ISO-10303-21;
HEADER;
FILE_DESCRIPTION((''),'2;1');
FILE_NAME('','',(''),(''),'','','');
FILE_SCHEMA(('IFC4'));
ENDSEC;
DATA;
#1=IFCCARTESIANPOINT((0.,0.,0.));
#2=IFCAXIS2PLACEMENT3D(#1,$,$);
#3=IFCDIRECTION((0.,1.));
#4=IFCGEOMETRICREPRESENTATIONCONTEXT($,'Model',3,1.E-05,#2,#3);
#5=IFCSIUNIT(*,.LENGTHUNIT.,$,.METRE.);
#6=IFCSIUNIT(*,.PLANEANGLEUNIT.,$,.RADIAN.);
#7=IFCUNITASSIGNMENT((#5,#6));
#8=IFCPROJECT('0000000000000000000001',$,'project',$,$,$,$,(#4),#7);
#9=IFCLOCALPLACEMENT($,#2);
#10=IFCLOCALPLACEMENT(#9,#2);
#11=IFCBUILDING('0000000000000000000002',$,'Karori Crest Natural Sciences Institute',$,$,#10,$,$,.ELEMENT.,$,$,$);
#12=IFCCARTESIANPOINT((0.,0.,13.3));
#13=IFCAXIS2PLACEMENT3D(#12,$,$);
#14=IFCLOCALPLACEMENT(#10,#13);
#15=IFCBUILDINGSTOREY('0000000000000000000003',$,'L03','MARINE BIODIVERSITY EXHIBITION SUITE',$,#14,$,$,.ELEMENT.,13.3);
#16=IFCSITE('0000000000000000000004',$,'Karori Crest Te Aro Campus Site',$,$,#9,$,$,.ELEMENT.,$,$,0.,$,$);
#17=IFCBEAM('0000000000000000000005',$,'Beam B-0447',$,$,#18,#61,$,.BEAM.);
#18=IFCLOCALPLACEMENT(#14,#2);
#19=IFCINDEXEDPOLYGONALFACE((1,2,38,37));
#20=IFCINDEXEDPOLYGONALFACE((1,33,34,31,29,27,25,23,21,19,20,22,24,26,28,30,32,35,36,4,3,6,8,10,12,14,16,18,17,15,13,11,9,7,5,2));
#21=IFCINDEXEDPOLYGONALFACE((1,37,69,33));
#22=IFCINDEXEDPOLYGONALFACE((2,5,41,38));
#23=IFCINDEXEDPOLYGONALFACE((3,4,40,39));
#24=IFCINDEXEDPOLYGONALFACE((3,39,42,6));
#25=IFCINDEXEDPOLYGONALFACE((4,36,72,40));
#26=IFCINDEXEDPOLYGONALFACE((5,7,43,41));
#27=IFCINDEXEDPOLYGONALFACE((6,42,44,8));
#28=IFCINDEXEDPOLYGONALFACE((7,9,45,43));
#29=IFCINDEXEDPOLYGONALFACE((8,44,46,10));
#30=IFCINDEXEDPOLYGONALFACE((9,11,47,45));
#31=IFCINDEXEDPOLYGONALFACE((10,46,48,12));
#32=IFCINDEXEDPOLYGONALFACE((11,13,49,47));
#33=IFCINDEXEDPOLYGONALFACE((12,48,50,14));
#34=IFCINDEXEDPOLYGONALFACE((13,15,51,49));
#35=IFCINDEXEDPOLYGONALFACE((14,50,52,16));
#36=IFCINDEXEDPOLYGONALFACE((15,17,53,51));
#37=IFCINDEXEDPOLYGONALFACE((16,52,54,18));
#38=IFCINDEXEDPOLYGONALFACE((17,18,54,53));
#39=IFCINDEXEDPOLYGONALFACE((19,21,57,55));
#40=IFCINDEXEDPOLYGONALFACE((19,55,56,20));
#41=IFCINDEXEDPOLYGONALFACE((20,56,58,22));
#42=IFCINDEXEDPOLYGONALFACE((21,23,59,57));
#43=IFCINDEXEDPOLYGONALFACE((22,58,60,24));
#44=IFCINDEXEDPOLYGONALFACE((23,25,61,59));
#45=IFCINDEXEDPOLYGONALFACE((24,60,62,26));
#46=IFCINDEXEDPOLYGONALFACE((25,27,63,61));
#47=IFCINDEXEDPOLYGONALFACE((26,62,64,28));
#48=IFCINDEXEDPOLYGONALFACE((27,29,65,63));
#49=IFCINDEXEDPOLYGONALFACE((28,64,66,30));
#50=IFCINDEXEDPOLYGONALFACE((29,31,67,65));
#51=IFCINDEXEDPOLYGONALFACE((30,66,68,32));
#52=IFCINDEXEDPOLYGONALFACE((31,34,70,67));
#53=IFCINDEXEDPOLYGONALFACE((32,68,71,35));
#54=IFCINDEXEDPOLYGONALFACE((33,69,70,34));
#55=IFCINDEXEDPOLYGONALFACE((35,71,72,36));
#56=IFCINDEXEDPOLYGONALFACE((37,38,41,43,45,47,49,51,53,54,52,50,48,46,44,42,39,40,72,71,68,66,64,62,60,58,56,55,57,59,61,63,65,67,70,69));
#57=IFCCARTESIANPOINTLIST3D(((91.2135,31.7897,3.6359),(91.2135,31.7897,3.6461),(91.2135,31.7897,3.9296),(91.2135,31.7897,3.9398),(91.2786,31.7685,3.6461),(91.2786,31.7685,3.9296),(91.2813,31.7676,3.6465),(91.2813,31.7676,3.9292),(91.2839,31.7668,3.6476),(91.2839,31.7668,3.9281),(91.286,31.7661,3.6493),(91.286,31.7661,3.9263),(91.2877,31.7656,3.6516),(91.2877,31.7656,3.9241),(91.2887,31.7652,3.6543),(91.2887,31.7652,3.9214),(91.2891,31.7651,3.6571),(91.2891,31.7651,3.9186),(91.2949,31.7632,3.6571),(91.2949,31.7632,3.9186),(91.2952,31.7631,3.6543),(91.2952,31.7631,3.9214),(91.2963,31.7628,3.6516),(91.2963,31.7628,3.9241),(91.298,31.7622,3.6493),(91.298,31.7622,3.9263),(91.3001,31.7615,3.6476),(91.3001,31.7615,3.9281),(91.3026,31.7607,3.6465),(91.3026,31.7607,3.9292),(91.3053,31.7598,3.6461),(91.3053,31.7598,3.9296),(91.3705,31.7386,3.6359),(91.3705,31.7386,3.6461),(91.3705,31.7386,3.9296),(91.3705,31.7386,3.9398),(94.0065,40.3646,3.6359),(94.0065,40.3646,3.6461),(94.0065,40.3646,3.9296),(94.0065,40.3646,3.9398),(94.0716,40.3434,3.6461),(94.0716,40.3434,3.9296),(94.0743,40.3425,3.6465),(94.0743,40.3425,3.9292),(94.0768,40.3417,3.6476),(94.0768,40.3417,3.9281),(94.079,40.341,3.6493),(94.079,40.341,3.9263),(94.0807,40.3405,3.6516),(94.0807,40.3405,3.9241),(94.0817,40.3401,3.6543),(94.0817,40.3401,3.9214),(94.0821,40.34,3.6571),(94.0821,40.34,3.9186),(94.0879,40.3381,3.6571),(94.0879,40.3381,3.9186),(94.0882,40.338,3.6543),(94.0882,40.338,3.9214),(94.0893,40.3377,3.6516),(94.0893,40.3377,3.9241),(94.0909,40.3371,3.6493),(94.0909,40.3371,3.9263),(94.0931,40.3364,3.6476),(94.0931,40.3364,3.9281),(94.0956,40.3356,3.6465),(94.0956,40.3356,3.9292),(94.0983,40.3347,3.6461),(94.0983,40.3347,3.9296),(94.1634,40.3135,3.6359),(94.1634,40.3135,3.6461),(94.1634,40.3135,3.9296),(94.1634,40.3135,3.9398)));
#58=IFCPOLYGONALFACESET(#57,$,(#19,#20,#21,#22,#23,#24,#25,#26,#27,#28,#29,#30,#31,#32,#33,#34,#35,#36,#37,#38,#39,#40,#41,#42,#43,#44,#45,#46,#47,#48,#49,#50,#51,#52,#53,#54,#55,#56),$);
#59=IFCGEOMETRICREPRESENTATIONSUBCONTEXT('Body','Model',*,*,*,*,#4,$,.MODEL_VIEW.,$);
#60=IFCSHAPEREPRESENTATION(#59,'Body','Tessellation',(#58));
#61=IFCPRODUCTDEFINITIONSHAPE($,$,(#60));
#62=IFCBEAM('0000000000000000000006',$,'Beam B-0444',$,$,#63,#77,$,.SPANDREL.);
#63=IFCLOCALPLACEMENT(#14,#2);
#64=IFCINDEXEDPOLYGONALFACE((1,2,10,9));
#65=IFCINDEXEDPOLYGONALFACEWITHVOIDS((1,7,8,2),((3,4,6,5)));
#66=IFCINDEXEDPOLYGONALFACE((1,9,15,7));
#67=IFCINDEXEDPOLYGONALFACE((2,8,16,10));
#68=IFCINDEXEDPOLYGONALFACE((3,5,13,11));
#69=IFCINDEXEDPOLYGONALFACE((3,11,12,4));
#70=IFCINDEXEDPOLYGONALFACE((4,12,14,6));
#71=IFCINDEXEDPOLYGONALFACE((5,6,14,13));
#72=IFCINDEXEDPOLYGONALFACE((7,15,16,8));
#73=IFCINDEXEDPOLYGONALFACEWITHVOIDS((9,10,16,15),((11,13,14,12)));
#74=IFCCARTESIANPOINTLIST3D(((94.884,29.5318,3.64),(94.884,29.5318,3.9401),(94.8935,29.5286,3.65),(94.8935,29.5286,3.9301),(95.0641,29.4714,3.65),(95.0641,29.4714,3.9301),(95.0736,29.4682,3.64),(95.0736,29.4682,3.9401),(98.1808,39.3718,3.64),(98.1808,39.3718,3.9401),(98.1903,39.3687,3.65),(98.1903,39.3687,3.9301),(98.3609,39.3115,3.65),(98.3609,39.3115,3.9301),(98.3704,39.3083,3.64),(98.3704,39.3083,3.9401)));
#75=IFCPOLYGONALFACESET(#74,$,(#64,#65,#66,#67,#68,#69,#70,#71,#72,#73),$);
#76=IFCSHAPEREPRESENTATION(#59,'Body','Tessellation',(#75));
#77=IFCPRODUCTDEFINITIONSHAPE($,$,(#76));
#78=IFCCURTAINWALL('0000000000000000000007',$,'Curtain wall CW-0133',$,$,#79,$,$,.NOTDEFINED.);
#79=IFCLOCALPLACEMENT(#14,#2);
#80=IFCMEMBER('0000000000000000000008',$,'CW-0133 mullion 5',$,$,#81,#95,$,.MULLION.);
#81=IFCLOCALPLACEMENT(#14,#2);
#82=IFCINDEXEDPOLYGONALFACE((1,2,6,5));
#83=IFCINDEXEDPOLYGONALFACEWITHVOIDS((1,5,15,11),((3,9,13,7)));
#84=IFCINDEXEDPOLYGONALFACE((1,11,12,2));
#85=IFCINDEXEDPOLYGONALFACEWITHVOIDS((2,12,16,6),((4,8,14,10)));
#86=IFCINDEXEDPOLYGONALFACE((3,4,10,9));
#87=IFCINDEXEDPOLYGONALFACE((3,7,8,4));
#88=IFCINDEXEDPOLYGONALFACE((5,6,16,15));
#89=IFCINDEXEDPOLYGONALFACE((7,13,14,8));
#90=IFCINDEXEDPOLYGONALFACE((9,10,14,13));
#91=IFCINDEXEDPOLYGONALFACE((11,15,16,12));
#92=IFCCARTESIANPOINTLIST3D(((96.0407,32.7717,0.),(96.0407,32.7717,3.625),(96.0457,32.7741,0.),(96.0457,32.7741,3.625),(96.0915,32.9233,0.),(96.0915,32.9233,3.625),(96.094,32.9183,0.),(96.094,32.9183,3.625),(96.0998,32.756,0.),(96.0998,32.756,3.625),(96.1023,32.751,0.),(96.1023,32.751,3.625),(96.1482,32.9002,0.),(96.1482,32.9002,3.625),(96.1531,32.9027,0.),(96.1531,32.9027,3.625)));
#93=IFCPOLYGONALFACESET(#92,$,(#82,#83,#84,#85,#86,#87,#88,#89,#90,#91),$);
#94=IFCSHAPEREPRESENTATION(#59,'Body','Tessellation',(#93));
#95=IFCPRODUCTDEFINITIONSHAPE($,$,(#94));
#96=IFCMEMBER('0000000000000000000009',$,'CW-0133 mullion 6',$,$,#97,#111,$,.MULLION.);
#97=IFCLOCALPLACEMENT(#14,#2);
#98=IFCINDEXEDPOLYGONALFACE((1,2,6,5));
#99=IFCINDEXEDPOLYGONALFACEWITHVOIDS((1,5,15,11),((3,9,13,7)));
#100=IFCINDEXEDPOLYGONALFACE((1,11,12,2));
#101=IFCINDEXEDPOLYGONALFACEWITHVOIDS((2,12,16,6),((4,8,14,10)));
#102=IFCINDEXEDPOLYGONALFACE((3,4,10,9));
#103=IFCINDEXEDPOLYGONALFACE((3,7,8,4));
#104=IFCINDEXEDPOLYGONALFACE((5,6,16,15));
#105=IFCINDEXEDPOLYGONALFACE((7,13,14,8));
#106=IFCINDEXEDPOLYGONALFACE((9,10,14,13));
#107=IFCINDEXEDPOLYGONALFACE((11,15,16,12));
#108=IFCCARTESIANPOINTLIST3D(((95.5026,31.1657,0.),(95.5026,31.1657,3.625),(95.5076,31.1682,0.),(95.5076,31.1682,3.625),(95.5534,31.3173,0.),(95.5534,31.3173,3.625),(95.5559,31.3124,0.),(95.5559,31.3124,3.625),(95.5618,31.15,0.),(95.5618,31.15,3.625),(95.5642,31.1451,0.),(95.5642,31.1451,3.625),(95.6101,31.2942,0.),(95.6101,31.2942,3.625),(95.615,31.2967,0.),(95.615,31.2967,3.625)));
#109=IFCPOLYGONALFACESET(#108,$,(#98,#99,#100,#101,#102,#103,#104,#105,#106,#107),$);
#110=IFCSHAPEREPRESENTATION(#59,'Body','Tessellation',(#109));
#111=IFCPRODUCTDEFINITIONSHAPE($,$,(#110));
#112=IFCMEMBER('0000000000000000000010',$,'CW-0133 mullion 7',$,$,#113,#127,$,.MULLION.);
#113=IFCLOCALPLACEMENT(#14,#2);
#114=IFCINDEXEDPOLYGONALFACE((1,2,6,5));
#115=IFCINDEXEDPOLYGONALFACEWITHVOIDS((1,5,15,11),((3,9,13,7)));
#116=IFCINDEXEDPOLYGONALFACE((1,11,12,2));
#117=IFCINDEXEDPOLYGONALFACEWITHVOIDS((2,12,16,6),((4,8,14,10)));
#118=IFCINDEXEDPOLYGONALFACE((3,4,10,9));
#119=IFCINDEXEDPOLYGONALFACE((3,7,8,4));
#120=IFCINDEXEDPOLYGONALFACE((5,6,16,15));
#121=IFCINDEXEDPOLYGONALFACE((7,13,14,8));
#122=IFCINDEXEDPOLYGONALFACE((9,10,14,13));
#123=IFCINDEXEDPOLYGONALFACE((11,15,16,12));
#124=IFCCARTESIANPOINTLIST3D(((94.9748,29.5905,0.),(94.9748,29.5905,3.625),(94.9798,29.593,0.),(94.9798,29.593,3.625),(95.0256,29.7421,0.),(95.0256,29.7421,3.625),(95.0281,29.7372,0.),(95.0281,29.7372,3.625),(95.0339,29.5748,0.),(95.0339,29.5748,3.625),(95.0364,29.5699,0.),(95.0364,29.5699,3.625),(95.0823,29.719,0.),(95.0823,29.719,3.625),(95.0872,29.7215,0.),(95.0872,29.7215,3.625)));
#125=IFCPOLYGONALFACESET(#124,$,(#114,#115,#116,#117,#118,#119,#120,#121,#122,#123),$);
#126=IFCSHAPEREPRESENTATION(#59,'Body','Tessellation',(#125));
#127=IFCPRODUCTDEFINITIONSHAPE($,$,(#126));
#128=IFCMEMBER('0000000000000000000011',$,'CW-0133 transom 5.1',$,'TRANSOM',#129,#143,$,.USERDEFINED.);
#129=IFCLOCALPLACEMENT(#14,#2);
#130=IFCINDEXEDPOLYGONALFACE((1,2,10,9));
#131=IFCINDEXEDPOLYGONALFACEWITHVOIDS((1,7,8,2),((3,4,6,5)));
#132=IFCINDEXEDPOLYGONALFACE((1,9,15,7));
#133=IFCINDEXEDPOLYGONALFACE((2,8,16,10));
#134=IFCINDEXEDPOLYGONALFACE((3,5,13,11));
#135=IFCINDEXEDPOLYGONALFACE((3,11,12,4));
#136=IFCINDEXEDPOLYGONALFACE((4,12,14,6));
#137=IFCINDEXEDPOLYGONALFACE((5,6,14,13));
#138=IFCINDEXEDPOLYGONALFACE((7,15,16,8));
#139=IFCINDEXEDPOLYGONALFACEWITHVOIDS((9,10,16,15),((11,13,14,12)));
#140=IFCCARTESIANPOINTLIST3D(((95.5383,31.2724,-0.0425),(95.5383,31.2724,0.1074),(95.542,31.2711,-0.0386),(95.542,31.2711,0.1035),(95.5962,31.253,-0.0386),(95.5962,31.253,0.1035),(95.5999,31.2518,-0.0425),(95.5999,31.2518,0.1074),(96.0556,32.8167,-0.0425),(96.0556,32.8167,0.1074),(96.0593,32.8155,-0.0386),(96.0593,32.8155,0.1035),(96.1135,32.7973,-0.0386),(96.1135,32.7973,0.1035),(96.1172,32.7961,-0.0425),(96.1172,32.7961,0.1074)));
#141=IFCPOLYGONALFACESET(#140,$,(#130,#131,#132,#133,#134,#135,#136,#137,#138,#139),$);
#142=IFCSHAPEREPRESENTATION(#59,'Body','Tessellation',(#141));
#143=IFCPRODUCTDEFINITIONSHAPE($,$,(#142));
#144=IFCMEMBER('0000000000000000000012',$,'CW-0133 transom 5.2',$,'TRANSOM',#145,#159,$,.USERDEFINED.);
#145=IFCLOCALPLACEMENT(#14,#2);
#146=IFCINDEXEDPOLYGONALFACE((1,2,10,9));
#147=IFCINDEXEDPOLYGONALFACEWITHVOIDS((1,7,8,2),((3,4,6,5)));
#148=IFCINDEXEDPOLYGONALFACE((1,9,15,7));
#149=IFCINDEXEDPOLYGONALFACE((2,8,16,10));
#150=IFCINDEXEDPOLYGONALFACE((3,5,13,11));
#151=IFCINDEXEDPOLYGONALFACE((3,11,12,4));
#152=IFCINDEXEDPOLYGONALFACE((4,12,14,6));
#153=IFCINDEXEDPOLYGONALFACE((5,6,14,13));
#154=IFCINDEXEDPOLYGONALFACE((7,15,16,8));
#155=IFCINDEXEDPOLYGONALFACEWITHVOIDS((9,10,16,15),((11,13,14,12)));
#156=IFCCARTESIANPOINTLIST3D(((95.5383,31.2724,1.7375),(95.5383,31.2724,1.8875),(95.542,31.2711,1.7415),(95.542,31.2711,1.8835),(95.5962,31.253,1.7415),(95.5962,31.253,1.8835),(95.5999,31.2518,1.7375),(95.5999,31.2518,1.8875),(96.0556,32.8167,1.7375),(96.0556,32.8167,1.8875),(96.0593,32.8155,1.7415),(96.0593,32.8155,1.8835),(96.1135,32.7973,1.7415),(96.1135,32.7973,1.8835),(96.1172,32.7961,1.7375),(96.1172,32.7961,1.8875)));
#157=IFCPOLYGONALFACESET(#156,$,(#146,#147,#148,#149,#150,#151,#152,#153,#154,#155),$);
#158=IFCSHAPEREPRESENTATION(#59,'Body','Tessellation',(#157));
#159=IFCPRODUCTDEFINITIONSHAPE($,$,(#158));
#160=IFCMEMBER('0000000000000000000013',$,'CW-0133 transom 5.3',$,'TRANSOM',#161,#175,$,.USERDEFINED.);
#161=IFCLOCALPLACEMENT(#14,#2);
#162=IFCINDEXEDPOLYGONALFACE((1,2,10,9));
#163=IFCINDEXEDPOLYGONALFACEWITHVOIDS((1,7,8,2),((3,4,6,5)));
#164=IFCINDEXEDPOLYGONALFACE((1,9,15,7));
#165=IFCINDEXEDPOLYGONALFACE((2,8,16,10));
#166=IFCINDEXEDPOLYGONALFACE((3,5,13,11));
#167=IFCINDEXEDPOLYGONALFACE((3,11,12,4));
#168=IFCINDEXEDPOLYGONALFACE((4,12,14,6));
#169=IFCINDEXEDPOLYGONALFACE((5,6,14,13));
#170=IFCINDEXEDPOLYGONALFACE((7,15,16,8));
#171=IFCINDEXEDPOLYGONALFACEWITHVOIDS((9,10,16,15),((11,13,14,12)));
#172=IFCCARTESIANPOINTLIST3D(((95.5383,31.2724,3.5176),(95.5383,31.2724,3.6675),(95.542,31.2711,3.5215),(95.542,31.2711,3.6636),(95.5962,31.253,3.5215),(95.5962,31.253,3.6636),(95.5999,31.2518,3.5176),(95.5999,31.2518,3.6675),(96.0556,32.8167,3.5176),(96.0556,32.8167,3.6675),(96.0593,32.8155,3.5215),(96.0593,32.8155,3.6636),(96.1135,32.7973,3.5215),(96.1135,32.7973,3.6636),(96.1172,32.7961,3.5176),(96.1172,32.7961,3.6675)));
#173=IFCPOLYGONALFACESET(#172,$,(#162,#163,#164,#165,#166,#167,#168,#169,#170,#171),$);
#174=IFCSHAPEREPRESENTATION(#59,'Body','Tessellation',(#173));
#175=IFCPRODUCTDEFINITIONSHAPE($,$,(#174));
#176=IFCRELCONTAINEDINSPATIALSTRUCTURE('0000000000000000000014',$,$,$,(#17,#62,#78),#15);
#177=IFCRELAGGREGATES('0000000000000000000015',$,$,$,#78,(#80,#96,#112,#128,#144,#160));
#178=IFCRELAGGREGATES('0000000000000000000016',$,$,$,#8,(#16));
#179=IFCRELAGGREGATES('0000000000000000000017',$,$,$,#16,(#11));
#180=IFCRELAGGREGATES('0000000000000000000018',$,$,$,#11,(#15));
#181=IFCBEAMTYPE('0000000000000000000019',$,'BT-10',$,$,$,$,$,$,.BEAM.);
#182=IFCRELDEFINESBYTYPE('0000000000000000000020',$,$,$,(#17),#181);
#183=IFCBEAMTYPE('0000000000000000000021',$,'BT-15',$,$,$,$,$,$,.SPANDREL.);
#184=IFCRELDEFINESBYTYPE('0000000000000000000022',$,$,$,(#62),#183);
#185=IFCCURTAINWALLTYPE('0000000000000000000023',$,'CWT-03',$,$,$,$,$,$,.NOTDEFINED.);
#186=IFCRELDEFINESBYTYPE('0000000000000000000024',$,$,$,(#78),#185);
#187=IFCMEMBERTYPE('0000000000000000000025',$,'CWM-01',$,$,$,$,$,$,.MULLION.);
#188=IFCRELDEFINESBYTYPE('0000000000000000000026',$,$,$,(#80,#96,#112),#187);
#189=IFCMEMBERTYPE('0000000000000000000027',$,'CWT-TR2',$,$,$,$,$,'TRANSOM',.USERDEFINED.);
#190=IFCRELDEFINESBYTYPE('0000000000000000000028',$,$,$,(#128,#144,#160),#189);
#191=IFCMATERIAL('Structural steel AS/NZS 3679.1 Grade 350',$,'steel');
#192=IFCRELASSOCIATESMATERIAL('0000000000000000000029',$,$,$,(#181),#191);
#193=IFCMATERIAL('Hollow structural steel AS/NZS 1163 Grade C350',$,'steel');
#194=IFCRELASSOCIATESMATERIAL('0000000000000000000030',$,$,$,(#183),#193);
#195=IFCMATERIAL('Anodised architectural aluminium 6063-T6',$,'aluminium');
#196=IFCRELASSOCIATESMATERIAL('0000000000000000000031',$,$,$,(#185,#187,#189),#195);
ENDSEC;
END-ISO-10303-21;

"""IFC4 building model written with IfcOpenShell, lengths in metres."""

from ifc_helpers import new_model, si_unit, direction, frame, origin, origin_2d, place, context, subcontext, project, spatial, hollow_rectangle, i_section, extrude, material, material_profile, profile_set, type_object, element, aggregate, save


model = new_model("IFC4")

# Units and contexts
model_context = context("Model", 3, precision=1e-05, world=origin(), true_north=direction((0.0, 1.0)))
body_context = subcontext(model_context, "Body", "Model", "MODEL_VIEW")
ifc_project = project(units=[si_unit("LENGTHUNIT", "METRE"), si_unit("PLANEANGLEUNIT", "RADIAN")], contexts=[model_context])

# Site, building, storey
site_placement = place(None, origin())
site = spatial("IfcSite", under=ifc_project, at=site_placement, Name="Karori Crest Te Aro Campus Site", CompositionType="ELEMENT", RefElevation=0.0)
building_placement = place(site_placement, origin())
building = spatial("IfcBuilding", under=site, at=building_placement, Name="Karori Crest Natural Sciences Institute", CompositionType="ELEMENT")
storey_placement = place(building_placement, frame((0.0, 0.0, 13.3)))
storey = spatial("IfcBuildingStorey", under=building, at=storey_placement, Name="L03", Description="MARINE BIODIVERSITY EXHIBITION SUITE", CompositionType="ELEMENT", Elevation=13.3)

# Beams
ifc_material_1 = material(Name="Structural steel AS/NZS 3679.1 Grade 350", Category="steel")
ifc_material_profile_1 = material_profile(ifc_material_1, i_section(OverallWidth=0.165, OverallDepth=0.304, WebThickness=0.0061, FlangeThickness=0.0103, FilletRadius=0.011, at=origin_2d()), Name="310UB40.4")
ifc_profile_set_1 = profile_set([ifc_material_profile_1], Name="Structural steel AS/NZS 3679.1 Grade 350")
beam_type_1 = type_object("IfcBeamType", Name="BT-10", PredefinedType="BEAM", material=ifc_profile_set_1)
beam_1_placement = place(storey_placement, frame((91.292, 31.7642, 3.7878), z_axis=(0.309699, 0.950835, 0.0), x_axis=(-0.950835, 0.309699, 0.0)))
element("IfcBeam", 1, at=beam_1_placement, inside=storey, type_object=beam_type_1, Name="Beam B-0447", PredefinedType="BEAM", context=body_context, shape_type="SweptSolid", body=[
    extrude(i_section(OverallWidth=0.165, OverallDepth=0.304, WebThickness=0.0061, FlangeThickness=0.0103, FilletRadius=0.011, at=origin_2d()), origin(), (0.0, 0.0, 1.0), 9.0183),
])
ifc_material_2 = material(Name="Hollow structural steel AS/NZS 1163 Grade C350", Category="steel")
ifc_material_profile_2 = material_profile(ifc_material_2, hollow_rectangle(XDim=0.2, YDim=0.3, WallThickness=0.01, at=origin_2d()), Name="RHS300x200x10")
ifc_profile_set_2 = profile_set([ifc_material_profile_2], Name="Hollow structural steel AS/NZS 1163 Grade C350")
beam_type_2 = type_object("IfcBeamType", Name="BT-15", PredefinedType="SPANDREL", material=ifc_profile_set_2)
beam_2_placement = place(storey_placement, frame((94.9788, 29.5, 3.79), z_axis=(0.317688, 0.948195, 0.0), x_axis=(-0.948195, 0.317688, 0.0)))
element("IfcBeam", 2, at=beam_2_placement, inside=storey, type_object=beam_type_2, Name="Beam B-0444", PredefinedType="SPANDREL", context=body_context, shape_type="SweptSolid", body=[
    extrude(hollow_rectangle(XDim=0.2, YDim=0.3, WallThickness=0.01, at=origin_2d()), origin(), (0.0, 0.0, 1.0), 10.3777),
])

# Curtain wall, members
ifc_material_3 = material(Name="Anodised architectural aluminium 6063-T6", Category="aluminium")
curtain_wall_type = type_object("IfcCurtainWallType", Name="CWT-03", PredefinedType="NOTDEFINED", material=ifc_material_3)
curtain_wall_placement = place(storey_placement, origin())
curtain_wall = element("IfcCurtainWall", 3, at=curtain_wall_placement, inside=storey, type_object=curtain_wall_type, Name="Curtain wall CW-0133", PredefinedType="NOTDEFINED")
ifc_material_profile_3 = material_profile(ifc_material_3, hollow_rectangle(XDim=0.0649, YDim=0.1599, WallThickness=0.0039, at=origin_2d()), Name="CWM160x65x4")
ifc_profile_set_3 = profile_set([ifc_material_profile_3], Name="Anodised architectural aluminium 6063-T6")
member_type_1 = type_object("IfcMemberType", Name="CWM-01", PredefinedType="MULLION", material=ifc_profile_set_3)
member_1_placement = place(storey_placement, frame((96.0969, 32.8372, 0.0), z_axis=(0.0, 0.0, 1.0), x_axis=(0.948198, -0.31768, 0.0)))
member_1 = element("IfcMember", 4, at=member_1_placement, type_object=member_type_1, Name="CW-0133 mullion 5", PredefinedType="MULLION", context=body_context, shape_type="SweptSolid", body=[
    extrude(hollow_rectangle(XDim=0.0649, YDim=0.1599, WallThickness=0.0039, at=origin_2d()), origin(), (0.0, 0.0, 1.0), 3.625),
])
member_2_placement = place(storey_placement, frame((95.5588, 31.2312, 0.0), z_axis=(0.0, 0.0, 1.0), x_axis=(0.948198, -0.31768, 0.0)))
member_2 = element("IfcMember", 5, at=member_2_placement, type_object=member_type_1, Name="CW-0133 mullion 6", PredefinedType="MULLION", context=body_context, shape_type="SweptSolid", body=[
    extrude(hollow_rectangle(XDim=0.0649, YDim=0.1599, WallThickness=0.0039, at=origin_2d()), origin(), (0.0, 0.0, 1.0), 3.625),
])
member_3_placement = place(storey_placement, frame((95.031, 29.656, 0.0), z_axis=(0.0, 0.0, 1.0), x_axis=(0.948198, -0.31768, 0.0)))
member_3 = element("IfcMember", 6, at=member_3_placement, type_object=member_type_1, Name="CW-0133 mullion 7", PredefinedType="MULLION", context=body_context, shape_type="SweptSolid", body=[
    extrude(hollow_rectangle(XDim=0.0649, YDim=0.1599, WallThickness=0.0039, at=origin_2d()), origin(), (0.0, 0.0, 1.0), 3.625),
])
ifc_material_profile_4 = material_profile(ifc_material_3, hollow_rectangle(XDim=0.0649, YDim=0.1499, WallThickness=0.0039, at=origin_2d()), Name="CWT150x65x4")
ifc_profile_set_4 = profile_set([ifc_material_profile_4], Name="Anodised architectural aluminium 6063-T6")
member_type_2 = type_object("IfcMemberType", Name="CWT-TR2", ElementType="TRANSOM", PredefinedType="USERDEFINED", material=ifc_profile_set_4)
member_4_placement = place(storey_placement, frame((96.0864, 32.8064, 0.0325), z_axis=(-0.317621, -0.948218, 0.0), x_axis=(0.948218, -0.317621, 0.0)))
member_4 = element("IfcMember", 7, at=member_4_placement, type_object=member_type_2, Name="CW-0133 transom 5.1", ObjectType="TRANSOM", PredefinedType="USERDEFINED", context=body_context, shape_type="SweptSolid", body=[
    extrude(hollow_rectangle(XDim=0.0649, YDim=0.1499, WallThickness=0.0039, at=origin_2d()), origin(), (0.0, 0.0, 1.0), 1.6287),
])
member_5_placement = place(storey_placement, frame((96.0864, 32.8064, 1.8125), z_axis=(-0.317621, -0.948218, 0.0), x_axis=(0.948218, -0.317621, 0.0)))
member_5 = element("IfcMember", 8, at=member_5_placement, type_object=member_type_2, Name="CW-0133 transom 5.2", ObjectType="TRANSOM", PredefinedType="USERDEFINED", context=body_context, shape_type="SweptSolid", body=[
    extrude(hollow_rectangle(XDim=0.0649, YDim=0.1499, WallThickness=0.0039, at=origin_2d()), origin(), (0.0, 0.0, 1.0), 1.6287),
])
member_6_placement = place(storey_placement, frame((96.0864, 32.8064, 3.5925), z_axis=(-0.317621, -0.948218, 0.0), x_axis=(0.948218, -0.317621, 0.0)))
member_6 = element("IfcMember", 9, at=member_6_placement, type_object=member_type_2, Name="CW-0133 transom 5.3", ObjectType="TRANSOM", PredefinedType="USERDEFINED", context=body_context, shape_type="SweptSolid", body=[
    extrude(hollow_rectangle(XDim=0.0649, YDim=0.1499, WallThickness=0.0039, at=origin_2d()), origin(), (0.0, 0.0, 1.0), 1.6287),
])
aggregate(curtain_wall, [member_1, member_2, member_3, member_4, member_5, member_6])

save(model, "model.ifc")
